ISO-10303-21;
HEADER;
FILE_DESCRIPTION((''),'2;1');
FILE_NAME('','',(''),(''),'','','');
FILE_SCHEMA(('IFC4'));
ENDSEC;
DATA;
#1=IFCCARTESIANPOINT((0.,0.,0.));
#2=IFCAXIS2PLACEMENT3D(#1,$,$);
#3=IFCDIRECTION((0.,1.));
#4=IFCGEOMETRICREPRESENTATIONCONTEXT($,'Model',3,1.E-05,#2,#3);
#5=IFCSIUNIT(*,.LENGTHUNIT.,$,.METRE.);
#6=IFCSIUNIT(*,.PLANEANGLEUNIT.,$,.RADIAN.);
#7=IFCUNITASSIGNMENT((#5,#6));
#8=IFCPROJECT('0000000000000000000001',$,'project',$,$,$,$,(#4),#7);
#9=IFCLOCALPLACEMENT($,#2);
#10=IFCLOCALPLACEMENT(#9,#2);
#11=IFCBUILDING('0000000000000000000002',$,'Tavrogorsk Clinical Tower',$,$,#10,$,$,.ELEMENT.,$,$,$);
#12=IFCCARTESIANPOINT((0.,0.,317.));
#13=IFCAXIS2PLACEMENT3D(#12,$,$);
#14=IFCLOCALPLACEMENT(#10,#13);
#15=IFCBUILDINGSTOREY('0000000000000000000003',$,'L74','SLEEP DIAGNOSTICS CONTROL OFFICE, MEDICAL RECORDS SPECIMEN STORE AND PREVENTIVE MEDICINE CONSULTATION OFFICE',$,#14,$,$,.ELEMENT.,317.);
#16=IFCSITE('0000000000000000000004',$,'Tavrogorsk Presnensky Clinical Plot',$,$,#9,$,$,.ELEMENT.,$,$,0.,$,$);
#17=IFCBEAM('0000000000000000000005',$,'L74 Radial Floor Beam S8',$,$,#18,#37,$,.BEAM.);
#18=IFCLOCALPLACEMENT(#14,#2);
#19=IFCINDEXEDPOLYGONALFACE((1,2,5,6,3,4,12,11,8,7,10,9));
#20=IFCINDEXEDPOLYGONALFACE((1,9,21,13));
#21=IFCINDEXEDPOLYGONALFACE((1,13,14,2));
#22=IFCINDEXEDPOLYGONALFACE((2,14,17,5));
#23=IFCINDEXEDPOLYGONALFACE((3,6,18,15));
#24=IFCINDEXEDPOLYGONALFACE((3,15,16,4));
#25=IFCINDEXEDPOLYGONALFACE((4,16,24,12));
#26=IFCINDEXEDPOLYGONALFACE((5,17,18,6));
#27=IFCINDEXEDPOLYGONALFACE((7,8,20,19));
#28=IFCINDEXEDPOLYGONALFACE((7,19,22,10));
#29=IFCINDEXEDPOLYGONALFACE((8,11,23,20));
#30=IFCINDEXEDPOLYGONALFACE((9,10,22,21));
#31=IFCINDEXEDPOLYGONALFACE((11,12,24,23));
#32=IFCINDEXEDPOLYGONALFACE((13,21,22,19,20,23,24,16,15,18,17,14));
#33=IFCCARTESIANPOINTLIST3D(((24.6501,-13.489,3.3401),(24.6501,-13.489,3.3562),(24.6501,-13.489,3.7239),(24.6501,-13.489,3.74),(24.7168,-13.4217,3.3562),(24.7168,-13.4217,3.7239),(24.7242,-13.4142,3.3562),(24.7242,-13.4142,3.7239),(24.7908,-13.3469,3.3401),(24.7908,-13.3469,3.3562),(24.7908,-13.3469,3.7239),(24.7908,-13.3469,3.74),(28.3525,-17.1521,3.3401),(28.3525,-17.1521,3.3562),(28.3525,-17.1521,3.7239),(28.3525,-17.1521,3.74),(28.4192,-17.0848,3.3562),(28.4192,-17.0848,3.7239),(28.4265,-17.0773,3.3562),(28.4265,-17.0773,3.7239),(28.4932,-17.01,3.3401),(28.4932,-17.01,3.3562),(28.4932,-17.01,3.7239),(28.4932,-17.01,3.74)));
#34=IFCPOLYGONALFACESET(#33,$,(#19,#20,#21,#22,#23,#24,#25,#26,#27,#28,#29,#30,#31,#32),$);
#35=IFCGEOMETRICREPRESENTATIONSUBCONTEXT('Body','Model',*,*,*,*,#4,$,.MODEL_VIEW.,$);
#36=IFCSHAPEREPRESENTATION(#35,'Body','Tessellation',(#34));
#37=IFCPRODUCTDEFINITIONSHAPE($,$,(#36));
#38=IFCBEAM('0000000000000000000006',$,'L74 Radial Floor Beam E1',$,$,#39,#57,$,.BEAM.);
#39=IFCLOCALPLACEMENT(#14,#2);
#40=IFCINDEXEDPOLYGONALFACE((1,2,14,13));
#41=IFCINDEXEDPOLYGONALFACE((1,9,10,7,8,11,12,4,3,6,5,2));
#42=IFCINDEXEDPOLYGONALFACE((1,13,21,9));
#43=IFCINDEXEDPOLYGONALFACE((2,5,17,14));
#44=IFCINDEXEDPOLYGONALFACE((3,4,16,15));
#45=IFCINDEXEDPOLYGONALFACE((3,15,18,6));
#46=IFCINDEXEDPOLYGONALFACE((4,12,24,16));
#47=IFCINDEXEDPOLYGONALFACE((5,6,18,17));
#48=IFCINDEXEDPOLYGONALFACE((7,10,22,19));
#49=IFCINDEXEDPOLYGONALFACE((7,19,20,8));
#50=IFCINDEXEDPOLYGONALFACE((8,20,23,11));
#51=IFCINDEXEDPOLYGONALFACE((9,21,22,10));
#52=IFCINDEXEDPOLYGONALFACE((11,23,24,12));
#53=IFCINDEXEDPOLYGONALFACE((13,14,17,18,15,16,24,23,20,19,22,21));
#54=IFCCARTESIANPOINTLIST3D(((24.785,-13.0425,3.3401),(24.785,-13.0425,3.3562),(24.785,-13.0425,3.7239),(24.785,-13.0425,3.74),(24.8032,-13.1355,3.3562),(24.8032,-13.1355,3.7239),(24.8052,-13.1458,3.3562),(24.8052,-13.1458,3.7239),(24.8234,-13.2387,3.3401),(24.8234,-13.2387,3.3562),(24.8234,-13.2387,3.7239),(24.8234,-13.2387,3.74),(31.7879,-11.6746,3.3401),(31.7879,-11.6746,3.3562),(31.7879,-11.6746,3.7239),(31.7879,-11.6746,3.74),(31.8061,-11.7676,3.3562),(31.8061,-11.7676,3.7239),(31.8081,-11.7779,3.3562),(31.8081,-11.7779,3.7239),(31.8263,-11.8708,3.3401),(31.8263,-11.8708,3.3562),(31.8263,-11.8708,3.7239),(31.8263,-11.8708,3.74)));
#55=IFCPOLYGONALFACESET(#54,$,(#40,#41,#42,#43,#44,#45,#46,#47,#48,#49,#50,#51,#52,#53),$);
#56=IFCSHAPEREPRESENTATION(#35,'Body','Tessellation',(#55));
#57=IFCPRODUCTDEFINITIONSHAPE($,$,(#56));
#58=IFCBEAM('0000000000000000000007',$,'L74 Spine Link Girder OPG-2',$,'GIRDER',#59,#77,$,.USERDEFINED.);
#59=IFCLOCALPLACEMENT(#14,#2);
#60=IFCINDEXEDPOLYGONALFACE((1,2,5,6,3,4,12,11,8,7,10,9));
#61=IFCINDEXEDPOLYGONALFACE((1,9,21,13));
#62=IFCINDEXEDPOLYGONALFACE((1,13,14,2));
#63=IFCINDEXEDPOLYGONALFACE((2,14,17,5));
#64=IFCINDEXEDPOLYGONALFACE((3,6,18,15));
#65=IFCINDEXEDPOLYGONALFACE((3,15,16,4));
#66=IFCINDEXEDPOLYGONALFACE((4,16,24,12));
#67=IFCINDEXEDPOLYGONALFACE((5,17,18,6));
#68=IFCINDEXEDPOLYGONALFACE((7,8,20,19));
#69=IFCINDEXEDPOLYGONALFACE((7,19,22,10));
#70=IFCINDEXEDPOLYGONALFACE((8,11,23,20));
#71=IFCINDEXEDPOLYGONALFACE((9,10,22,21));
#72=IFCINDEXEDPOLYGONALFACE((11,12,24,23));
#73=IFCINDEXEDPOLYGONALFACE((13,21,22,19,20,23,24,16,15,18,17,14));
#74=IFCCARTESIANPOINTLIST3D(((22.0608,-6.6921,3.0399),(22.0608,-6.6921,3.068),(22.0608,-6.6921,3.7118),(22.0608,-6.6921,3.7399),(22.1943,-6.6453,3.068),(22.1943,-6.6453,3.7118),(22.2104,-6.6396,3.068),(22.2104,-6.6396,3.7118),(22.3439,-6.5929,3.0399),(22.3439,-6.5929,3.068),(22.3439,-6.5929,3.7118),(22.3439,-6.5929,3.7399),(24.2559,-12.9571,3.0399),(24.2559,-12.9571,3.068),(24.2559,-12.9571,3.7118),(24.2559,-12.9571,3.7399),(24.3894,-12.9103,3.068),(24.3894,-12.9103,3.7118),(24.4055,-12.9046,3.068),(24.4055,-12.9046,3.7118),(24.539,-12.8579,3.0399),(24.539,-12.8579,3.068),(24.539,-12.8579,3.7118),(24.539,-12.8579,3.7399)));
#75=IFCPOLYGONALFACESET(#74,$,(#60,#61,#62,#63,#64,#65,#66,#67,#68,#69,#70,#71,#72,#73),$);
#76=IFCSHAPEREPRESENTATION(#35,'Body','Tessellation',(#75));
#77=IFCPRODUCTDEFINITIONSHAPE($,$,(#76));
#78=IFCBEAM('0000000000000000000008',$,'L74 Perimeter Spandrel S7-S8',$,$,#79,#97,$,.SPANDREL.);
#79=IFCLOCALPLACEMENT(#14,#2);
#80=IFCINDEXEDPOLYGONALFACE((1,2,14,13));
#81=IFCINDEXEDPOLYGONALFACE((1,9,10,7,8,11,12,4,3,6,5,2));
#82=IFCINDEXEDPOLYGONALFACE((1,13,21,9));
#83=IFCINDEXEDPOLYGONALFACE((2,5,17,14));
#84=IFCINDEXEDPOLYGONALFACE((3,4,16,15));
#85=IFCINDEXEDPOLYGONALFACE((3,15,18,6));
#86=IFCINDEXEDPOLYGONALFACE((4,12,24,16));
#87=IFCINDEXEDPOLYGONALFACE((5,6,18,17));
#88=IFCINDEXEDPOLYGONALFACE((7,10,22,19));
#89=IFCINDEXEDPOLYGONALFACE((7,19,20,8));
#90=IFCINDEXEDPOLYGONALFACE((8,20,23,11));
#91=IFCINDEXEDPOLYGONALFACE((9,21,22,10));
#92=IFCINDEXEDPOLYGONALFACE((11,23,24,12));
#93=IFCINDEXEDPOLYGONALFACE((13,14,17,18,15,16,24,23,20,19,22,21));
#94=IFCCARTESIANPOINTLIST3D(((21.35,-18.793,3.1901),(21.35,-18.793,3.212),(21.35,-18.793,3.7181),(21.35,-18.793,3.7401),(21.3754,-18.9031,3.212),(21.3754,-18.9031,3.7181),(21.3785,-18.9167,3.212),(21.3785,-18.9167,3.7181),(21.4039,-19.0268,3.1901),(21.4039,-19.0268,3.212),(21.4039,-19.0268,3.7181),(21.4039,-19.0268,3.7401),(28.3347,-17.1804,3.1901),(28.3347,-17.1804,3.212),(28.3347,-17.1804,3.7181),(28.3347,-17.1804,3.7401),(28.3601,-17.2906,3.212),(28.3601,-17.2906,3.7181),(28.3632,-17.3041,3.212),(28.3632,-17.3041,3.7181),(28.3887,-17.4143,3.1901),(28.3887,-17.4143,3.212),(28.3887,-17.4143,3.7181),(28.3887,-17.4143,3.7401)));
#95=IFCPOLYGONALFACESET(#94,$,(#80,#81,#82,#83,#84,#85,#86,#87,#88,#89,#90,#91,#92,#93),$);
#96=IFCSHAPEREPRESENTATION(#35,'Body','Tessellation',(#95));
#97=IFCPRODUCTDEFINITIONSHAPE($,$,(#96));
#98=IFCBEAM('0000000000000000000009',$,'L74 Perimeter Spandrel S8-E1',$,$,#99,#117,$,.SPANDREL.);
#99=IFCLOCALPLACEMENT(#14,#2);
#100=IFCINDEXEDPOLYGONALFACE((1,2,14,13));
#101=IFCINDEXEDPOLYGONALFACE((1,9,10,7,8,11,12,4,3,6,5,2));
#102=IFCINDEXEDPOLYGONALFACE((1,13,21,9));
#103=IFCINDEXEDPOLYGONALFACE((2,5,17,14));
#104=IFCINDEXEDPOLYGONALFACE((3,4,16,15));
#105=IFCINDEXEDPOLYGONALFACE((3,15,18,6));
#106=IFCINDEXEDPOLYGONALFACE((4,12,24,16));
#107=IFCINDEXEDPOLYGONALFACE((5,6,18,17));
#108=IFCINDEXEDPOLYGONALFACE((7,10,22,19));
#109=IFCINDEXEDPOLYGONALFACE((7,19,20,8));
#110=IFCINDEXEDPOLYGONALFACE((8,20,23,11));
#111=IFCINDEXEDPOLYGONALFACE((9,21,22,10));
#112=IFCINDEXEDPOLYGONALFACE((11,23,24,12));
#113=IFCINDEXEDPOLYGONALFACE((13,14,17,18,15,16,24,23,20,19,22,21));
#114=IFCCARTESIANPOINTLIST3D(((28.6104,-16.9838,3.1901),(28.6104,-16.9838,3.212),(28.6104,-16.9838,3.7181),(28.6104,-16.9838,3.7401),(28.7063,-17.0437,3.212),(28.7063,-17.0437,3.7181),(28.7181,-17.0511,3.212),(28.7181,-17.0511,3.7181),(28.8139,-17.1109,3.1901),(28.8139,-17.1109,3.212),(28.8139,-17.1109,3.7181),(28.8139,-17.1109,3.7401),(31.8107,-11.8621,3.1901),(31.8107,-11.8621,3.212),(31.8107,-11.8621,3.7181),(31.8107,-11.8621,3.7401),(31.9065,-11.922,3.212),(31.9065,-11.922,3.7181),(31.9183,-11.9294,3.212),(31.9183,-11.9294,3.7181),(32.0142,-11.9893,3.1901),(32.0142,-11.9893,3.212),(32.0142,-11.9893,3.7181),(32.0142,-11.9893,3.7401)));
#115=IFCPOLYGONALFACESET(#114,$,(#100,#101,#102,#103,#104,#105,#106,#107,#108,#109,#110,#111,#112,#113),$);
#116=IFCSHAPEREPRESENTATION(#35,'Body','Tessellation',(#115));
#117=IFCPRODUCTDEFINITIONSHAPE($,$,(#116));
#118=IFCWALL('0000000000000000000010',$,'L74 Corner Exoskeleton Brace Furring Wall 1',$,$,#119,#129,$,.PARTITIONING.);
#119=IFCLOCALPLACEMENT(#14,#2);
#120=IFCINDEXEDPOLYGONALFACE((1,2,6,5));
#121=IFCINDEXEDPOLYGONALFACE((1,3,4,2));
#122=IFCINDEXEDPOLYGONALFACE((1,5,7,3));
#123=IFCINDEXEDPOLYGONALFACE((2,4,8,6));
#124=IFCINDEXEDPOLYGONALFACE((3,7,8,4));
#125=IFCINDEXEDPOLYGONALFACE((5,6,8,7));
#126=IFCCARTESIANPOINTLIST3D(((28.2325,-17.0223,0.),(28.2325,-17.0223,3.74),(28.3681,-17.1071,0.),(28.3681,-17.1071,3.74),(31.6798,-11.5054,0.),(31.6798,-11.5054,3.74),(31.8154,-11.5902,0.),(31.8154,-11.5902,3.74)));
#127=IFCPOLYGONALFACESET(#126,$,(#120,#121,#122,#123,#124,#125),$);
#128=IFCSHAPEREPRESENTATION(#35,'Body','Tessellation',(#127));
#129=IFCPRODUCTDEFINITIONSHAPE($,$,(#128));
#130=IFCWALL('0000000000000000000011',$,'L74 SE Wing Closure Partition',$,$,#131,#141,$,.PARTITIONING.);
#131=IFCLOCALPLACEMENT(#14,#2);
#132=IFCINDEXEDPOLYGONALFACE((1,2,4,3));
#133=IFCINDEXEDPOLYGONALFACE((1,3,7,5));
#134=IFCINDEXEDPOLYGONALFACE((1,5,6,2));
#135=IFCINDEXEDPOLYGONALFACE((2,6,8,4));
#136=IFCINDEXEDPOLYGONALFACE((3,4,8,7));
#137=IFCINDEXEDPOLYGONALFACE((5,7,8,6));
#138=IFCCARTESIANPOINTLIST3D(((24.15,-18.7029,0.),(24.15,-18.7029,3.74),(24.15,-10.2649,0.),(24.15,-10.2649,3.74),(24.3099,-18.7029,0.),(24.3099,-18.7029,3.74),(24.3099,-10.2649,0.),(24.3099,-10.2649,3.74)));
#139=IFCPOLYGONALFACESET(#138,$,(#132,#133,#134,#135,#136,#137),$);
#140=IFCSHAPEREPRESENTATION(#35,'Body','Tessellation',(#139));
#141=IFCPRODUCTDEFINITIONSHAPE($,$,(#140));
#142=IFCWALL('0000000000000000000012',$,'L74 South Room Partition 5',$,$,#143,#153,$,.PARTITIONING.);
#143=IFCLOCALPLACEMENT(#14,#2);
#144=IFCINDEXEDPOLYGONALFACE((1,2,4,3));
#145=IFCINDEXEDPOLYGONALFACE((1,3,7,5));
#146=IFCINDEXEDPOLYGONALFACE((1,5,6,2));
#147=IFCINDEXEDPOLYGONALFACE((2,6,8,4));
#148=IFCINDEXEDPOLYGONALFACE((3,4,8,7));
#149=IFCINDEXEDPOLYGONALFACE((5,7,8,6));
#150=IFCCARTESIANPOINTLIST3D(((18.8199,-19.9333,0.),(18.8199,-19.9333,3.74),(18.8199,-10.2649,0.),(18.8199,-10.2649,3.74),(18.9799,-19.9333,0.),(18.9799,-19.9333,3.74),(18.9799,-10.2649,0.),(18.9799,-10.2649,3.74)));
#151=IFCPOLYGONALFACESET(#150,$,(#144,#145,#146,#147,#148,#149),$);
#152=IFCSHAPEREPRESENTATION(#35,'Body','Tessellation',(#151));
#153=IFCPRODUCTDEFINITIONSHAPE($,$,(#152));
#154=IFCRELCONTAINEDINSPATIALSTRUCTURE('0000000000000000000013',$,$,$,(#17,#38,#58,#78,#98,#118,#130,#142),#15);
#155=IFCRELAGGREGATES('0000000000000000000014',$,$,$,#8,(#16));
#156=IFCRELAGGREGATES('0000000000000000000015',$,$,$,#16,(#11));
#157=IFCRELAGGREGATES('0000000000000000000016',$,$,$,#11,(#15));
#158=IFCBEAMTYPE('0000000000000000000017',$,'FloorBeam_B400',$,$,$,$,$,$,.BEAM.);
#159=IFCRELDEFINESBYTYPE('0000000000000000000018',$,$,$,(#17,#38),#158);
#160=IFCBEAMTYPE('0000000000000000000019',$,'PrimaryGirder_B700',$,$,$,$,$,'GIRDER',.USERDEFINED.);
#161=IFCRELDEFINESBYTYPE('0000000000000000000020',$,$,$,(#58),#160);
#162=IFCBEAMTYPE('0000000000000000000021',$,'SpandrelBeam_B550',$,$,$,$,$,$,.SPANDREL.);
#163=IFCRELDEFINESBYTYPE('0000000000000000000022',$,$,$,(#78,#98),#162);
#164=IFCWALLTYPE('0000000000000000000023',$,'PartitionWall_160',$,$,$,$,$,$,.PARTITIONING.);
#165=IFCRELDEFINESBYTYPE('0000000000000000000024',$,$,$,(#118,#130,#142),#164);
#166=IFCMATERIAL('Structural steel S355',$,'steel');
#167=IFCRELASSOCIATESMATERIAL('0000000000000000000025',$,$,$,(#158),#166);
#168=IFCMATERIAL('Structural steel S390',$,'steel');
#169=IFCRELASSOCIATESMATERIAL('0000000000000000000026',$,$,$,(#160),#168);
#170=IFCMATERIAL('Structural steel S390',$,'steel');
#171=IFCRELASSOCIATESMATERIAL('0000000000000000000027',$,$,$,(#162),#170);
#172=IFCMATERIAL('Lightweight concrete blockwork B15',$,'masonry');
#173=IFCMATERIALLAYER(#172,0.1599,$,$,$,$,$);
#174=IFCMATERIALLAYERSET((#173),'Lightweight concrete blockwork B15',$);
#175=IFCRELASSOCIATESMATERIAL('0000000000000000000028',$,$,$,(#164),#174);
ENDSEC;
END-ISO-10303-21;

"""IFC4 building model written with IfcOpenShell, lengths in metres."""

from ifc_helpers import new_model, si_unit, direction, frame, frame_2d, origin, origin_2d, place, context, subcontext, project, spatial, rectangle, i_section, extrude, material, layer, layer_set, material_profile, profile_set, type_object, element, save


model = new_model("IFC4")

# Units and contexts
model_context = context("Model", 3, precision=1e-05, world=origin(), true_north=direction((0.0, 1.0)))
body_context = subcontext(model_context, "Body", "Model", "MODEL_VIEW")
ifc_project = project(units=[si_unit("LENGTHUNIT", "METRE"), si_unit("PLANEANGLEUNIT", "RADIAN")], contexts=[model_context])

# Site, building, storey
site_placement = place(None, origin())
site = spatial("IfcSite", under=ifc_project, at=site_placement, Name="Tavrogorsk Presnensky Clinical Plot", CompositionType="ELEMENT", RefElevation=0.0)
building_placement = place(site_placement, origin())
building = spatial("IfcBuilding", under=site, at=building_placement, Name="Tavrogorsk Clinical Tower", CompositionType="ELEMENT")
storey_placement = place(building_placement, frame((0.0, 0.0, 317.0)))
storey = spatial("IfcBuildingStorey", under=building, at=storey_placement, Name="L74", Description="SLEEP DIAGNOSTICS CONTROL OFFICE, MEDICAL RECORDS SPECIMEN STORE AND PREVENTIVE MEDICINE CONSULTATION OFFICE", CompositionType="ELEMENT", Elevation=317.0)

# Beams
ifc_material_1 = material(Name="Structural steel S355", Category="steel")
ifc_material_profile_1 = material_profile(ifc_material_1, i_section(OverallWidth=0.2, OverallDepth=0.3999, WebThickness=0.0105, FlangeThickness=0.0161, at=origin_2d()), Name="B-400x200x10.5x16")
ifc_profile_set_1 = profile_set([ifc_material_profile_1], Name="Structural steel S355")
beam_type_1 = type_object("IfcBeamType", Name="FloorBeam_B400", PredefinedType="BEAM", material=ifc_profile_set_1)
beam_1_placement = place(storey_placement, frame((24.7205, -13.418, 3.54), z_axis=(0.71087, -0.703323, 0.0), x_axis=(0.703323, 0.71087, 0.0)))
element("IfcBeam", 1, at=beam_1_placement, inside=storey, type_object=beam_type_1, Name="L74 Radial Floor Beam S8", PredefinedType="BEAM", context=body_context, shape_type="SweptSolid", body=[
    extrude(i_section(OverallWidth=0.2, OverallDepth=0.3999, WebThickness=0.0105, FlangeThickness=0.0161, at=origin_2d()), origin(), (0.0, 0.0, 1.0), 5.2083),
])
beam_2_placement = place(storey_placement, frame((24.8042, -13.1406, 3.54), z_axis=(0.981451, 0.191712, 0.0), x_axis=(-0.191712, 0.981451, 0.0)))
element("IfcBeam", 2, at=beam_2_placement, inside=storey, type_object=beam_type_1, Name="L74 Radial Floor Beam E1", PredefinedType="BEAM", context=body_context, shape_type="SweptSolid", body=[
    extrude(i_section(OverallWidth=0.2, OverallDepth=0.3999, WebThickness=0.0105, FlangeThickness=0.0161, at=origin_2d()), origin(), (0.0, 0.0, 1.0), 7.1353),
])
ifc_material_2 = material(Name="Structural steel S390", Category="steel")
ifc_material_profile_2 = material_profile(ifc_material_2, i_section(OverallWidth=0.3, OverallDepth=0.7, WebThickness=0.0171, FlangeThickness=0.0281, at=origin_2d()), Name="B-700x300x17x28")
ifc_profile_set_2 = profile_set([ifc_material_profile_2], Name="Structural steel S390")
beam_type_2 = type_object("IfcBeamType", Name="PrimaryGirder_B700", ElementType="GIRDER", PredefinedType="USERDEFINED", material=ifc_profile_set_2)
beam_3_placement = place(storey_placement, frame((24.3975, -12.9075, 3.3899), z_axis=(-0.330667, 0.943748, 0.0), x_axis=(-0.943748, -0.330667, 0.0)))
element("IfcBeam", 3, at=beam_3_placement, inside=storey, type_object=beam_type_2, Name="L74 Spine Link Girder OPG-2", ObjectType="GIRDER", PredefinedType="USERDEFINED", context=body_context, shape_type="SweptSolid", body=[
    extrude(i_section(OverallWidth=0.3, OverallDepth=0.7, WebThickness=0.0171, FlangeThickness=0.0281, at=origin_2d()), origin(), (0.0, 0.0, 1.0), 6.6384),
])
ifc_material_3 = material(Name="Structural steel S390", Category="steel")
ifc_material_profile_3 = material_profile(ifc_material_3, i_section(OverallWidth=0.24, OverallDepth=0.55, WebThickness=0.0139, FlangeThickness=0.022, at=origin_2d()), Name="B-550x240x14x22")
ifc_profile_set_3 = profile_set([ifc_material_profile_3], Name="Structural steel S390")
beam_type_3 = type_object("IfcBeamType", Name="SpandrelBeam_B550", PredefinedType="SPANDREL", material=ifc_profile_set_3)
beam_4_placement = place(storey_placement, frame((21.377, -18.9099, 3.4651), z_axis=(0.974369, 0.224954, 0.0), x_axis=(-0.224954, 0.974369, 0.0)))
element("IfcBeam", 4, at=beam_4_placement, inside=storey, type_object=beam_type_3, Name="L74 Perimeter Spandrel S7-S8", PredefinedType="SPANDREL", context=body_context, shape_type="SweptSolid", body=[
    extrude(i_section(OverallWidth=0.24, OverallDepth=0.55, WebThickness=0.0139, FlangeThickness=0.022, at=origin_2d()), origin(), (0.0, 0.0, 1.0), 7.1685),
])
beam_5_placement = place(storey_placement, frame((28.7122, -17.0474, 3.4651), z_axis=(0.529904, 0.848057, 0.0), x_axis=(-0.848057, 0.529904, 0.0)))
element("IfcBeam", 5, at=beam_5_placement, inside=storey, type_object=beam_type_3, Name="L74 Perimeter Spandrel S8-E1", PredefinedType="SPANDREL", context=body_context, shape_type="SweptSolid", body=[
    extrude(i_section(OverallWidth=0.24, OverallDepth=0.55, WebThickness=0.0139, FlangeThickness=0.022, at=origin_2d()), origin(), (0.0, 0.0, 1.0), 6.0393),
])

# Walls
ifc_material_4 = material(Name="Lightweight concrete blockwork B15", Category="masonry")
ifc_layer_1 = layer(ifc_material_4, 0.1599)
ifc_layer_set_1 = layer_set([ifc_layer_1], Name="Lightweight concrete blockwork B15")
wall_type_1 = type_object("IfcWallType", Name="PartitionWall_160", PredefinedType="PARTITIONING", material=ifc_layer_set_1)
wall_1_placement = place(storey_placement, frame((28.3003, -17.0647, 0.0), z_axis=(0.0, 0.0, 1.0), x_axis=(0.529915, 0.848051, 0.0)))
element("IfcWall", 6, at=wall_1_placement, inside=storey, type_object=wall_type_1, Name="L74 Corner Exoskeleton Brace Furring Wall 1", PredefinedType="PARTITIONING", context=body_context, shape_type="SweptSolid", body=[
    extrude(rectangle(XDim=6.5054, YDim=0.1599, at=frame_2d((3.2527, 0.0))), origin(), (0.0, 0.0, 1.0), 3.74),
])
wall_2_placement = place(storey_placement, frame((24.23, -18.7029, 0.0), z_axis=(0.0, 0.0, 1.0), x_axis=(0.0, 1.0, 0.0)))
element("IfcWall", 7, at=wall_2_placement, inside=storey, type_object=wall_type_1, Name="L74 SE Wing Closure Partition", PredefinedType="PARTITIONING", context=body_context, shape_type="SweptSolid", body=[
    extrude(rectangle(XDim=8.438, YDim=0.1599, at=frame_2d((4.219, 0.0))), origin(), (0.0, 0.0, 1.0), 3.74),
])
wall_3_placement = place(storey_placement, frame((18.8999, -19.9333, 0.0), z_axis=(0.0, 0.0, 1.0), x_axis=(0.0, 1.0, 0.0)))
element("IfcWall", 8, at=wall_3_placement, inside=storey, type_object=wall_type_1, Name="L74 South Room Partition 5", PredefinedType="PARTITIONING", context=body_context, shape_type="SweptSolid", body=[
    extrude(rectangle(XDim=9.6685, YDim=0.1599, at=frame_2d((4.8342, 0.0))), origin(), (0.0, 0.0, 1.0), 3.74),
])

save(model, "model.ifc")
